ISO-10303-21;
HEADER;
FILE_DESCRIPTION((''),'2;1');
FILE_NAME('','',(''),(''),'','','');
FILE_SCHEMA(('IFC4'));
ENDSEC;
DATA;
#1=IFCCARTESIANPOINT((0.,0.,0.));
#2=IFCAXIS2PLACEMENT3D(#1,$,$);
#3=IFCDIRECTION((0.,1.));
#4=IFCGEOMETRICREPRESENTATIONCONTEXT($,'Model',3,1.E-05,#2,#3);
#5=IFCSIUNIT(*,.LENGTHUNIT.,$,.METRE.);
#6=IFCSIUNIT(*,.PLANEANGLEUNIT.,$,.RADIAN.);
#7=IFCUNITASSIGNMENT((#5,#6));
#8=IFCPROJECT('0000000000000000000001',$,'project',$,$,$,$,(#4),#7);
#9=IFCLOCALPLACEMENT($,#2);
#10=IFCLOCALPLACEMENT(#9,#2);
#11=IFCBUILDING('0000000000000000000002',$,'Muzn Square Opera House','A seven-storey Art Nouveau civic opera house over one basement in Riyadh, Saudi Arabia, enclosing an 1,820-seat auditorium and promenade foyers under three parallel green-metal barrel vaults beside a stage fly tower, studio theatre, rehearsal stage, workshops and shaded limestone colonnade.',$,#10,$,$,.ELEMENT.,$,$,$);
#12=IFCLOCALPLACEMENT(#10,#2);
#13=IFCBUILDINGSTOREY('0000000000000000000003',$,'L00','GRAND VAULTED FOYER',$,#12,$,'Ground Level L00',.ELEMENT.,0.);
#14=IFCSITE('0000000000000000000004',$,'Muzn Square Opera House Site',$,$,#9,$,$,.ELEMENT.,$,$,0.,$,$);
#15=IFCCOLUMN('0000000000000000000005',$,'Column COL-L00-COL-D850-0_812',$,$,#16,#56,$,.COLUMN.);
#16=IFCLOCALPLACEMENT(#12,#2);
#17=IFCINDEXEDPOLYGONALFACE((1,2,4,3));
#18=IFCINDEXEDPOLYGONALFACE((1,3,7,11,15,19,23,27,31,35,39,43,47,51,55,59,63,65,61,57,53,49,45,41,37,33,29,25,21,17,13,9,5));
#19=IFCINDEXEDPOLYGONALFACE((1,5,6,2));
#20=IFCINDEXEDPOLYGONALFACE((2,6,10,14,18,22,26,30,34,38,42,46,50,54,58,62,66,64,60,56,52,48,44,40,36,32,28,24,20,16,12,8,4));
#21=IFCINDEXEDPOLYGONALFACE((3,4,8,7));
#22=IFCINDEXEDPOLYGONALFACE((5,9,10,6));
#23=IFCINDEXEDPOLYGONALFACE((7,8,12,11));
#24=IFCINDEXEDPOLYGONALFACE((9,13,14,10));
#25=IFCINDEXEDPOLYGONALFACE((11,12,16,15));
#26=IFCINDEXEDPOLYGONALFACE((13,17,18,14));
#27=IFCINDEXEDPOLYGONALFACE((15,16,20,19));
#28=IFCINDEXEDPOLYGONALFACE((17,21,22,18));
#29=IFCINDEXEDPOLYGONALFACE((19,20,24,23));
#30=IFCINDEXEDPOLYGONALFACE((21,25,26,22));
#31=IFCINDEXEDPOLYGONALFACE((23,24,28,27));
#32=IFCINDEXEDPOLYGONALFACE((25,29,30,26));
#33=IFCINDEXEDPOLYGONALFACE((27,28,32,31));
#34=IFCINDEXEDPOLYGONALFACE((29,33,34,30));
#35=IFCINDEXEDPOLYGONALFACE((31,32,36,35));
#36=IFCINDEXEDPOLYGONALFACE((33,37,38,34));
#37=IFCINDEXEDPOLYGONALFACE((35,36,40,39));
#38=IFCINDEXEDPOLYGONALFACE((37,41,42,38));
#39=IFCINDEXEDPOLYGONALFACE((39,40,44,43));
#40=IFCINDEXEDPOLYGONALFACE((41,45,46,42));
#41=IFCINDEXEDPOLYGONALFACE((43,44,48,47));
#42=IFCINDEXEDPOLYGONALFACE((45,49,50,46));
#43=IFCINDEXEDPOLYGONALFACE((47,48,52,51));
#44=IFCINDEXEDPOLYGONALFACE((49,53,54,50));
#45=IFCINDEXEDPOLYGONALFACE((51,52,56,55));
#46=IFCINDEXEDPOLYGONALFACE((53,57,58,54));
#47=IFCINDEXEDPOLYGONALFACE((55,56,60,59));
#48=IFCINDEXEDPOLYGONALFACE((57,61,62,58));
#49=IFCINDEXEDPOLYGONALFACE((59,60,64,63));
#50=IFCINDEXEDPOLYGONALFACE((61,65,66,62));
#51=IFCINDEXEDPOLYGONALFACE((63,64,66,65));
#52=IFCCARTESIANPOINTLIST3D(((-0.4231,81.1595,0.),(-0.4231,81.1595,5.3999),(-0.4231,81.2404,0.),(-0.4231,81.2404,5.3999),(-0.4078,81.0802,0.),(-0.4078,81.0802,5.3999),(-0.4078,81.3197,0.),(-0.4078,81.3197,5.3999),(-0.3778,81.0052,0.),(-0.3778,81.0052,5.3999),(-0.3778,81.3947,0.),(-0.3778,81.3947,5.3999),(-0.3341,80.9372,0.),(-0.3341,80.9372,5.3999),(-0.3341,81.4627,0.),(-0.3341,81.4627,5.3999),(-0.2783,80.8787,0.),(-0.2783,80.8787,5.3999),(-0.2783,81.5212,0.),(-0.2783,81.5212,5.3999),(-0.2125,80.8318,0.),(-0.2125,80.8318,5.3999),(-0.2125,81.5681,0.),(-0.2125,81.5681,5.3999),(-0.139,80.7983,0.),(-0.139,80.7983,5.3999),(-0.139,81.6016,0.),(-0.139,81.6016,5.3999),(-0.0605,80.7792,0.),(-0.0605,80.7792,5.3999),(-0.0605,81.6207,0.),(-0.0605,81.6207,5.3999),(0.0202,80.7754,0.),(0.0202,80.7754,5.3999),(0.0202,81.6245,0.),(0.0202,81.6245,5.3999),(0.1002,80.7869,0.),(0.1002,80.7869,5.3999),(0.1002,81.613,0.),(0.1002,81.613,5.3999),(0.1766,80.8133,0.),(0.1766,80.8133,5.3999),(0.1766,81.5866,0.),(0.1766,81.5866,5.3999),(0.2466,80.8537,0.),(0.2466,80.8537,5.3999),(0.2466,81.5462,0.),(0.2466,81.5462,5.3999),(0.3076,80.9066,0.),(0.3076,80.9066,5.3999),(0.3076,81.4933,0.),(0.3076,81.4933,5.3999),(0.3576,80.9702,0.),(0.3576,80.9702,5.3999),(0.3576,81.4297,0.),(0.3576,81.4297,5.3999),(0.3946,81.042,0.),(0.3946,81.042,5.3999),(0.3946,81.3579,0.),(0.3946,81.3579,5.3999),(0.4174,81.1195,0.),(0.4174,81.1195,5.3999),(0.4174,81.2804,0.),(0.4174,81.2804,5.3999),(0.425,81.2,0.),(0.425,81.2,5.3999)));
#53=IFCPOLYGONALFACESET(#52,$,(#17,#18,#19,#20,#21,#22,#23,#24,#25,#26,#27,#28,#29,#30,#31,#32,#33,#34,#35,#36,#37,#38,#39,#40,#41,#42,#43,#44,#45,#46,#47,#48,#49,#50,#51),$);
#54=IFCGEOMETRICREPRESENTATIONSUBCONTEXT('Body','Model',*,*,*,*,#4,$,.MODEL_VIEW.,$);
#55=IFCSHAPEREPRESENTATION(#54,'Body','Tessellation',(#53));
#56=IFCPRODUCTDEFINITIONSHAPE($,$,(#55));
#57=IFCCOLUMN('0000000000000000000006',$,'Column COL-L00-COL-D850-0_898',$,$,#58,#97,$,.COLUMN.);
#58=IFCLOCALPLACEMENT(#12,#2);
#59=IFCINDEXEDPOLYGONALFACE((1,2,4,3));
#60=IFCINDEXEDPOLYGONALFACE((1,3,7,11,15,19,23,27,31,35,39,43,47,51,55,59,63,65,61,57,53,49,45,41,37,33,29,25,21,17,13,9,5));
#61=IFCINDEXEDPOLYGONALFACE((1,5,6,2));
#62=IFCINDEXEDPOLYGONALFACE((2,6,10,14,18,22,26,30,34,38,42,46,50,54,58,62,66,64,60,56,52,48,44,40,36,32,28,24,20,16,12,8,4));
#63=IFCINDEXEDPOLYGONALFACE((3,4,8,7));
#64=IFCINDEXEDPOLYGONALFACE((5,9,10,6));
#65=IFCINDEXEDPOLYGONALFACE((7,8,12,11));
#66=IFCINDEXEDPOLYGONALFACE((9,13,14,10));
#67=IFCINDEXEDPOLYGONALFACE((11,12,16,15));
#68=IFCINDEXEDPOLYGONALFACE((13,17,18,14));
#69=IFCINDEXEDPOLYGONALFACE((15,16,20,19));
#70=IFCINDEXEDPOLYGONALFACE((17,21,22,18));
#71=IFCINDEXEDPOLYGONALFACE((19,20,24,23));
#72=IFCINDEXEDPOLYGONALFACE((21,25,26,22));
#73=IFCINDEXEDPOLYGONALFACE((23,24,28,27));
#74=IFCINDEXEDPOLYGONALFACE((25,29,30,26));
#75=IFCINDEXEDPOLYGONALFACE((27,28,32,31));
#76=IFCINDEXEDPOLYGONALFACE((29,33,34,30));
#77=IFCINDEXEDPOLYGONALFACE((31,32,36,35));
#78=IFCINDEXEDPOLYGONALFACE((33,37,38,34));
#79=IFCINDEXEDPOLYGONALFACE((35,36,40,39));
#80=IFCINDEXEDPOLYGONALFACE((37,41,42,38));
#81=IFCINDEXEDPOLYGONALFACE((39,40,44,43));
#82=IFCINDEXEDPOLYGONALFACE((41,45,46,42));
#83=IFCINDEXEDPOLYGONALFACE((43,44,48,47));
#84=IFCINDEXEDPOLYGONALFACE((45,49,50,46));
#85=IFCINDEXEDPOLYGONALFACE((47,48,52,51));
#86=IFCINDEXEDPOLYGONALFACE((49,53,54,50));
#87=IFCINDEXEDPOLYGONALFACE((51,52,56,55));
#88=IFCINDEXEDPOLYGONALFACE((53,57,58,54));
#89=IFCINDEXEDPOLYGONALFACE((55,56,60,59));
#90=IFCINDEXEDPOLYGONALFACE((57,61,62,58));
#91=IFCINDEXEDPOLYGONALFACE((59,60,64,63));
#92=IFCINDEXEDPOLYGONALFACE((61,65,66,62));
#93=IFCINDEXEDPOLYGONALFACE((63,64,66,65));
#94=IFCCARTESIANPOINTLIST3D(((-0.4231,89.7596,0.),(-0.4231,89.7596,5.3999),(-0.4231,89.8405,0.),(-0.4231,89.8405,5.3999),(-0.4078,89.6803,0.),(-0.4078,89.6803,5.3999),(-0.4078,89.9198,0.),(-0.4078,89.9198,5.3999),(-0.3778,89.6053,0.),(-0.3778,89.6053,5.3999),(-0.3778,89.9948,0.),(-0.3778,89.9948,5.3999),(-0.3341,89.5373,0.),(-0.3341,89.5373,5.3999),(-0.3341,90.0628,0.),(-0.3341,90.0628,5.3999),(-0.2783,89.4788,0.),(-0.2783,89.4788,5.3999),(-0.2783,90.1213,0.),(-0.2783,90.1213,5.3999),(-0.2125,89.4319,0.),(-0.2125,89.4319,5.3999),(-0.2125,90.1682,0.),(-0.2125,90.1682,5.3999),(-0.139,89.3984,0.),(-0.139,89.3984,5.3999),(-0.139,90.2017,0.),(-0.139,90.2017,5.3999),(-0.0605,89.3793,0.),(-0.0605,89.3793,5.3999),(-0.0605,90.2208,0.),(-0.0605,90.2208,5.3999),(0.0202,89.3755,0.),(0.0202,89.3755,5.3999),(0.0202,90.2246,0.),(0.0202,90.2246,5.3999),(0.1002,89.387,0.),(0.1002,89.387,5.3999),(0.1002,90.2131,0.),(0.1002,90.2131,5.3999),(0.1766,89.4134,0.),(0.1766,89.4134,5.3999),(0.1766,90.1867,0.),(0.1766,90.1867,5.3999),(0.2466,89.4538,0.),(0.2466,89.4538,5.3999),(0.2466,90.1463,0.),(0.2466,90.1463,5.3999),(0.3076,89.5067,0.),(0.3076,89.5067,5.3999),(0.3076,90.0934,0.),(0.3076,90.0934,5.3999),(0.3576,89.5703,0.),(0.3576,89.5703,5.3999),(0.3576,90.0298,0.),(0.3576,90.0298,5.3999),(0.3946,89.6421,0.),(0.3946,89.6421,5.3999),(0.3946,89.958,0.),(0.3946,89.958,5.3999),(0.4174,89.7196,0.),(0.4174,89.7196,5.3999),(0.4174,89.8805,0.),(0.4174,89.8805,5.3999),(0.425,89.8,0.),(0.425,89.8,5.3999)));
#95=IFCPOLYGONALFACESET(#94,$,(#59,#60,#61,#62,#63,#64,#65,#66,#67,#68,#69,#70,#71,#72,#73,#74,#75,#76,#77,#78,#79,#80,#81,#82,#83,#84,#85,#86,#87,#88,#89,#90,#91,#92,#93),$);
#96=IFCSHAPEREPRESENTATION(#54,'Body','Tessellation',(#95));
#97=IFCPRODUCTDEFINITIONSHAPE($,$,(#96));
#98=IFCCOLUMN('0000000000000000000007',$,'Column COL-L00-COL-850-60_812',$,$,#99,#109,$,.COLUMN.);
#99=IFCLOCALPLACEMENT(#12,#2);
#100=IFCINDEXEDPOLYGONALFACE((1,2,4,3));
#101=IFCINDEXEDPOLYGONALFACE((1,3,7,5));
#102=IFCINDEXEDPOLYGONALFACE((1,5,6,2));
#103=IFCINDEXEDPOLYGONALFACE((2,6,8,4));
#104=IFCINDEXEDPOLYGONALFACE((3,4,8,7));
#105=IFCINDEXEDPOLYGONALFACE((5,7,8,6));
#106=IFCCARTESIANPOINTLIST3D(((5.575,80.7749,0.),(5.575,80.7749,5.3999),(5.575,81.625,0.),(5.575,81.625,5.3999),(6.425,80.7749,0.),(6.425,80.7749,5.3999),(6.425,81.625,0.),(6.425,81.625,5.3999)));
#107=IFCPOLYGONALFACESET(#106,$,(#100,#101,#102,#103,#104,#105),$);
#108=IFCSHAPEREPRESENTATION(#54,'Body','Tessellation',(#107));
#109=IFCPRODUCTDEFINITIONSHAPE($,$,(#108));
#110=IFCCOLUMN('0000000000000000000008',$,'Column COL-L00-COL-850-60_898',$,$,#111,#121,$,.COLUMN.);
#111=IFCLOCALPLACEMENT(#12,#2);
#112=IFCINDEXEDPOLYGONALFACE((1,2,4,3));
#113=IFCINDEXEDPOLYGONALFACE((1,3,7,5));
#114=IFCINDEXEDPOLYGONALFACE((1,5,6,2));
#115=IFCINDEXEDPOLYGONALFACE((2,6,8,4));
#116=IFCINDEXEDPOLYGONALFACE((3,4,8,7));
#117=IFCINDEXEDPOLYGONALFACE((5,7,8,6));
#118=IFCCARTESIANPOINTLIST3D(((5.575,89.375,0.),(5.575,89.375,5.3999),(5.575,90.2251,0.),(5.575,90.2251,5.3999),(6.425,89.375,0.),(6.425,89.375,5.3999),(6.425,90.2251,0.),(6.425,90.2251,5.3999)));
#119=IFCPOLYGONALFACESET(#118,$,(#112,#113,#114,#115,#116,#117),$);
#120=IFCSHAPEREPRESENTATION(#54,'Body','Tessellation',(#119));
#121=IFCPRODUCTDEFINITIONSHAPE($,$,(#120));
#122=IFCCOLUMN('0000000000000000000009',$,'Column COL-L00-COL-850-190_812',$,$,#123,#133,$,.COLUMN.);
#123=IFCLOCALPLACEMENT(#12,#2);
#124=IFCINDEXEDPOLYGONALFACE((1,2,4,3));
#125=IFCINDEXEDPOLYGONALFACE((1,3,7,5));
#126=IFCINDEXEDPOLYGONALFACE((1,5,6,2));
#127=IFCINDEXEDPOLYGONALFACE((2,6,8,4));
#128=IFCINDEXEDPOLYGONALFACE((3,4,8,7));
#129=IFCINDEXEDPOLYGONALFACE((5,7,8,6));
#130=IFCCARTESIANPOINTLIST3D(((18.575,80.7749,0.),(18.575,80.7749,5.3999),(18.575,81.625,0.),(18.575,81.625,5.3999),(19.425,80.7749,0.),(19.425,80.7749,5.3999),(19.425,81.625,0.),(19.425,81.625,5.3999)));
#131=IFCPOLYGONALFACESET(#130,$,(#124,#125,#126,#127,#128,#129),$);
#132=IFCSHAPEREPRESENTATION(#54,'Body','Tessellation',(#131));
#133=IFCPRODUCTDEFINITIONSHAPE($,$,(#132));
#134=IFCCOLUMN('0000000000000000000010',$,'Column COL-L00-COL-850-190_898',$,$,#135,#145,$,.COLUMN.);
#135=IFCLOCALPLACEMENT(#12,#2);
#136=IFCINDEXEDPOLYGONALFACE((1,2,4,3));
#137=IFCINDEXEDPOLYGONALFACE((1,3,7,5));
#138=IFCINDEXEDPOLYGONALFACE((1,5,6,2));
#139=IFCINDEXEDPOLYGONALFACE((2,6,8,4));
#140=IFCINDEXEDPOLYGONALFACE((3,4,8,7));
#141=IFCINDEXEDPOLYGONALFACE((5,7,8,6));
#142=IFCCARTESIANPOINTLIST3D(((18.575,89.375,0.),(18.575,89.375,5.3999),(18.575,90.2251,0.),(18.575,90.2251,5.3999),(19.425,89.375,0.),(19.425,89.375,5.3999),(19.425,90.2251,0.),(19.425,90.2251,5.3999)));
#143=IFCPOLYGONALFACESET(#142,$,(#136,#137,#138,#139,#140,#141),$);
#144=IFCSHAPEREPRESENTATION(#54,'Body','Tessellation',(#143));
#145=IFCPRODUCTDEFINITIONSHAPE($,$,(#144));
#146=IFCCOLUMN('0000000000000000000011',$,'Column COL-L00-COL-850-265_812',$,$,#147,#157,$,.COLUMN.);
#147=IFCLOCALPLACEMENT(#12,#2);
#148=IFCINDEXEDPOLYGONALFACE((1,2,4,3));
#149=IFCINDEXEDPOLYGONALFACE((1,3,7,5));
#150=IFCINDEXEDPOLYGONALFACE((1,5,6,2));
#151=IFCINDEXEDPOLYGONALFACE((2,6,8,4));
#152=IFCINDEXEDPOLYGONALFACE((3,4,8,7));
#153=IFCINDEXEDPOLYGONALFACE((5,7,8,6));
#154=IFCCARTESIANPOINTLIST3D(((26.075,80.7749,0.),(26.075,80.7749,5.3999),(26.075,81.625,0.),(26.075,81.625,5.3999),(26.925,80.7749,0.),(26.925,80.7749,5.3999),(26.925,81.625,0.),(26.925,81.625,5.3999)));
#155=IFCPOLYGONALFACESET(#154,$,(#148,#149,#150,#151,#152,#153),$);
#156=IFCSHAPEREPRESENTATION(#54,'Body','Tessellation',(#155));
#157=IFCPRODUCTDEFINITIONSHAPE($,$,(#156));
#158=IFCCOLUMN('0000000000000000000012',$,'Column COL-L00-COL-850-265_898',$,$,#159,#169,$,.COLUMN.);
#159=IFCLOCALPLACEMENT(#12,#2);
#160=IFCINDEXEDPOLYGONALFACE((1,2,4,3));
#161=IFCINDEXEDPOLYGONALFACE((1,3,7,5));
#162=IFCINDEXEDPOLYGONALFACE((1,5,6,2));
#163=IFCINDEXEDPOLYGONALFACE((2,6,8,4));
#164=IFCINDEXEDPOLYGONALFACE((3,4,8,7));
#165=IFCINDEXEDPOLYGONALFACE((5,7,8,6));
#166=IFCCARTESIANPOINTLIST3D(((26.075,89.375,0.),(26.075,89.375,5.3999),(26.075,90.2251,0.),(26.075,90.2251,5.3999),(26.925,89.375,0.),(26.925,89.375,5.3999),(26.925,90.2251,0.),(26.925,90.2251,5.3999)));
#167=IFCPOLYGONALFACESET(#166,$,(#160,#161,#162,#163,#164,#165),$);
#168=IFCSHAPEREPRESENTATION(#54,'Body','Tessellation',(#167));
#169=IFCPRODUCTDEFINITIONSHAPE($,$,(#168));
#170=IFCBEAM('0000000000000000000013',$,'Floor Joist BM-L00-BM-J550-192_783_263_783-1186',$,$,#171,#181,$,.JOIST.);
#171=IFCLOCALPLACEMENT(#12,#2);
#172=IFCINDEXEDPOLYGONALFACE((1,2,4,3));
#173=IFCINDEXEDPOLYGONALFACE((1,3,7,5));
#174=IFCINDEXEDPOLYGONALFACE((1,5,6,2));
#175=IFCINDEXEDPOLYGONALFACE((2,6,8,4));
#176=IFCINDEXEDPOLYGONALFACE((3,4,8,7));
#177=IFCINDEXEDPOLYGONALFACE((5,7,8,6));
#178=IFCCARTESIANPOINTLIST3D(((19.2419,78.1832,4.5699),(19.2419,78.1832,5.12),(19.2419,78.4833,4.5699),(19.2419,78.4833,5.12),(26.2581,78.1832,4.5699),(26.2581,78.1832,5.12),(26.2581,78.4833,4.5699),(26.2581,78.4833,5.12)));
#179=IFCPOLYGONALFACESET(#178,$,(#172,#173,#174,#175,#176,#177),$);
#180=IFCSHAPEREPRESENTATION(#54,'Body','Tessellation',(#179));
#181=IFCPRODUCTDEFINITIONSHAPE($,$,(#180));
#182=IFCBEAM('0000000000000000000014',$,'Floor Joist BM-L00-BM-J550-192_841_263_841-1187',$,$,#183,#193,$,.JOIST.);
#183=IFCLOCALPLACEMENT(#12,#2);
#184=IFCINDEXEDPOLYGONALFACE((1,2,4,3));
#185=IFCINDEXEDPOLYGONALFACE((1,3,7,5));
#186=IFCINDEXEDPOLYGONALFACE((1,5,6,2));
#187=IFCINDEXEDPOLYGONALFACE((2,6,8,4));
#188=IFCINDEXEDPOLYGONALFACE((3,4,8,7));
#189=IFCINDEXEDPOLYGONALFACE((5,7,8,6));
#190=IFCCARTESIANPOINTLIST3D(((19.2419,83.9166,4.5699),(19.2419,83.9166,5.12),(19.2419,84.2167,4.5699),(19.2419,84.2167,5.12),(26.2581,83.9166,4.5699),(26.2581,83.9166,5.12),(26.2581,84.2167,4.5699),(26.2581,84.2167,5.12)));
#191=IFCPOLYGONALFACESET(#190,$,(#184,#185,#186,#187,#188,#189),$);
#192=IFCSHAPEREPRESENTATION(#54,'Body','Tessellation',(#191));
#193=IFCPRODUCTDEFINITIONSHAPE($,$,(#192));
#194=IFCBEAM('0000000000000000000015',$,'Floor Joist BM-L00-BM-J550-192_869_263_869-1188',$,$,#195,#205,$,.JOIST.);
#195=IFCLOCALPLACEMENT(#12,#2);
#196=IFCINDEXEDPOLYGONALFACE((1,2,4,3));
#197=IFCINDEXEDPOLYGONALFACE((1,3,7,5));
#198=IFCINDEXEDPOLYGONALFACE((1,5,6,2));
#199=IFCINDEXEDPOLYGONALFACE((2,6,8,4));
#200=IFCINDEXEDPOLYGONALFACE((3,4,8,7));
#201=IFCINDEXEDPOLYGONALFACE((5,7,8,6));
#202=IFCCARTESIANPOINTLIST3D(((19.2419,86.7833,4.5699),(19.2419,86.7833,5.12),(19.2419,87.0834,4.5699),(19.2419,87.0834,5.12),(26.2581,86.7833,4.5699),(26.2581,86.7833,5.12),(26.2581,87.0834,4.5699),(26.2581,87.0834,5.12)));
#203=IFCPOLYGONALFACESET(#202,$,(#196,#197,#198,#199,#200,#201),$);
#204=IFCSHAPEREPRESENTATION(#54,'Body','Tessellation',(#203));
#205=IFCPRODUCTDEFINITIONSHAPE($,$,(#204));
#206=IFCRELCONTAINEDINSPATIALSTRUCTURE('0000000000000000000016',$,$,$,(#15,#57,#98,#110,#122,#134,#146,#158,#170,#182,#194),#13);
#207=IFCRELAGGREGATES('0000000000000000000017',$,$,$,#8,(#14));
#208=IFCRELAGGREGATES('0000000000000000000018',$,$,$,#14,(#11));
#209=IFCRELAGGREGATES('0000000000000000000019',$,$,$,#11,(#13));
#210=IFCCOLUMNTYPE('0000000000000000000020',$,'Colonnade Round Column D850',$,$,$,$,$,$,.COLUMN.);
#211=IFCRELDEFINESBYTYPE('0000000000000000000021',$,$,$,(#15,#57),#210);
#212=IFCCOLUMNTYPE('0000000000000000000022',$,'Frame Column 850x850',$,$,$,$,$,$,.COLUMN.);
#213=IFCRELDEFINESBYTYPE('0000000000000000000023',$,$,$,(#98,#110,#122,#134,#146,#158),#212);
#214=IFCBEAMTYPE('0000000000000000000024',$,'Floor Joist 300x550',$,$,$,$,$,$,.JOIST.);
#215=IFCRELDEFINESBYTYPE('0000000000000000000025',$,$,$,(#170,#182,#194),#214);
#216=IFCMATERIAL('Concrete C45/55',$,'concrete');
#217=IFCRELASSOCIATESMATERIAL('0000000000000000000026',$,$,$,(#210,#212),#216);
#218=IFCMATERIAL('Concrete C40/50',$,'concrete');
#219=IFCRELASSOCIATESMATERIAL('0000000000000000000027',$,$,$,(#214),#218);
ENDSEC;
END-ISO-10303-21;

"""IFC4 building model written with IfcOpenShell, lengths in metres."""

from ifc_helpers import new_model, si_unit, direction, frame, origin, origin_2d, place, context, subcontext, project, spatial, rectangle, circle, extrude, material, material_profile, profile_set, type_object, element, save


model = new_model("IFC4")

# Units and contexts
model_context = context("Model", 3, precision=1e-05, world=origin(), true_north=direction((0.0, 1.0)))
body_context = subcontext(model_context, "Body", "Model", "MODEL_VIEW")
ifc_project = project(units=[si_unit("LENGTHUNIT", "METRE"), si_unit("PLANEANGLEUNIT", "RADIAN")], contexts=[model_context])

# Site, building, storey
site_placement = place(None, origin())
site = spatial("IfcSite", under=ifc_project, at=site_placement, Name="Muzn Square Opera House Site", CompositionType="ELEMENT", RefElevation=0.0)
building_placement = place(site_placement, origin())
building = spatial("IfcBuilding", under=site, at=building_placement, Name="Muzn Square Opera House", Description="A seven-storey Art Nouveau civic opera house over one basement in Riyadh, Saudi Arabia, enclosing an 1,820-seat auditorium and promenade foyers under three parallel green-metal barrel vaults beside a stage fly tower, studio theatre, rehearsal stage, workshops and shaded limestone colonnade.", CompositionType="ELEMENT")
storey_placement = place(building_placement, origin())
storey = spatial("IfcBuildingStorey", under=building, at=storey_placement, Name="L00", Description="GRAND VAULTED FOYER", LongName="Ground Level L00", CompositionType="ELEMENT", Elevation=0.0)

# Columns
ifc_material_1 = material(Name="Concrete C45/55", Category="concrete")
ifc_material_profile_1 = material_profile(ifc_material_1, circle(Radius=0.425, at=origin_2d()), Name="RCC D850", Category="concrete")
ifc_profile_set_1 = profile_set([ifc_material_profile_1], Name="Concrete C45/55")
column_type_1 = type_object("IfcColumnType", Name="Colonnade Round Column D850", PredefinedType="COLUMN", material=ifc_profile_set_1)
for number, where, z_axis, x_axis, name in (
    (1, (0.0, 81.2, 0.0), (0.0, 0.0, 1.0), (1.0, 0.0, 0.0), "Column COL-L00-COL-D850-0_812"),
    (2, (0.0, 89.8, 0.0), (0.0, 0.0, 1.0), (1.0, 0.0, 0.0), "Column COL-L00-COL-D850-0_898"),
):
    element("IfcColumn", number, at=place(storey_placement, frame(where, z_axis=z_axis, x_axis=x_axis)), inside=storey, type_object=column_type_1, Name=name, PredefinedType="COLUMN", context=body_context, shape_type="SweptSolid", body=[
        extrude(circle(Radius=0.425, at=origin_2d()), origin(), (0.0, 0.0, 1.0), 5.3999),
    ])
ifc_material_profile_2 = material_profile(ifc_material_1, rectangle(XDim=0.8501, YDim=0.8501, at=origin_2d()), Name="RC 850x850", Category="concrete")
ifc_profile_set_2 = profile_set([ifc_material_profile_2], Name="Concrete C45/55")
column_type_2 = type_object("IfcColumnType", Name="Frame Column 850x850", PredefinedType="COLUMN", material=ifc_profile_set_2)
for number, where, z_axis, x_axis, name in (
    (3, (6.0, 81.2, 0.0), (0.0, 0.0, 1.0), (1.0, 0.0, 0.0), "Column COL-L00-COL-850-60_812"),
    (4, (6.0, 89.8, 0.0), (0.0, 0.0, 1.0), (1.0, 0.0, 0.0), "Column COL-L00-COL-850-60_898"),
    (5, (19.0, 81.2, 0.0), (0.0, 0.0, 1.0), (1.0, 0.0, 0.0), "Column COL-L00-COL-850-190_812"),
    (6, (19.0, 89.8, 0.0), (0.0, 0.0, 1.0), (1.0, 0.0, 0.0), "Column COL-L00-COL-850-190_898"),
    (7, (26.5, 81.2, 0.0), (0.0, 0.0, 1.0), (1.0, 0.0, 0.0), "Column COL-L00-COL-850-265_812"),
    (8, (26.5, 89.8, 0.0), (0.0, 0.0, 1.0), (1.0, 0.0, 0.0), "Column COL-L00-COL-850-265_898"),
):
    element("IfcColumn", number, at=place(storey_placement, frame(where, z_axis=z_axis, x_axis=x_axis)), inside=storey, type_object=column_type_2, Name=name, PredefinedType="COLUMN", context=body_context, shape_type="SweptSolid", body=[
        extrude(rectangle(XDim=0.8501, YDim=0.8501, at=origin_2d()), origin(), (0.0, 0.0, 1.0), 5.3999),
    ])

# Beams
ifc_material_2 = material(Name="Concrete C40/50", Category="concrete")
ifc_material_profile_3 = material_profile(ifc_material_2, rectangle(XDim=0.3, YDim=0.55, at=origin_2d()), Name="RCJ 300x550", Category="concrete")
ifc_profile_set_3 = profile_set([ifc_material_profile_3], Name="Concrete C40/50")
beam_type_1 = type_object("IfcBeamType", Name="Floor Joist 300x550", PredefinedType="JOIST", material=ifc_profile_set_3)
for number, where, z_axis, x_axis, name in (
    (9, (19.2419, 78.3333, 4.845), (1.0, 0.0, 0.0), (0.0, 1.0, 0.0), "Floor Joist BM-L00-BM-J550-192_783_263_783-1186"),
    (10, (19.2419, 84.0667, 4.845), (1.0, 0.0, 0.0), (0.0, 1.0, 0.0), "Floor Joist BM-L00-BM-J550-192_841_263_841-1187"),
    (11, (19.2419, 86.9333, 4.845), (1.0, 0.0, 0.0), (0.0, 1.0, 0.0), "Floor Joist BM-L00-BM-J550-192_869_263_869-1188"),
):
    element("IfcBeam", number, at=place(storey_placement, frame(where, z_axis=z_axis, x_axis=x_axis)), inside=storey, type_object=beam_type_1, Name=name, PredefinedType="JOIST", context=body_context, shape_type="SweptSolid", body=[
        extrude(rectangle(XDim=0.3, YDim=0.55, at=origin_2d()), origin(), (0.0, 0.0, 1.0), 7.0161),
    ])

save(model, "model.ifc")
